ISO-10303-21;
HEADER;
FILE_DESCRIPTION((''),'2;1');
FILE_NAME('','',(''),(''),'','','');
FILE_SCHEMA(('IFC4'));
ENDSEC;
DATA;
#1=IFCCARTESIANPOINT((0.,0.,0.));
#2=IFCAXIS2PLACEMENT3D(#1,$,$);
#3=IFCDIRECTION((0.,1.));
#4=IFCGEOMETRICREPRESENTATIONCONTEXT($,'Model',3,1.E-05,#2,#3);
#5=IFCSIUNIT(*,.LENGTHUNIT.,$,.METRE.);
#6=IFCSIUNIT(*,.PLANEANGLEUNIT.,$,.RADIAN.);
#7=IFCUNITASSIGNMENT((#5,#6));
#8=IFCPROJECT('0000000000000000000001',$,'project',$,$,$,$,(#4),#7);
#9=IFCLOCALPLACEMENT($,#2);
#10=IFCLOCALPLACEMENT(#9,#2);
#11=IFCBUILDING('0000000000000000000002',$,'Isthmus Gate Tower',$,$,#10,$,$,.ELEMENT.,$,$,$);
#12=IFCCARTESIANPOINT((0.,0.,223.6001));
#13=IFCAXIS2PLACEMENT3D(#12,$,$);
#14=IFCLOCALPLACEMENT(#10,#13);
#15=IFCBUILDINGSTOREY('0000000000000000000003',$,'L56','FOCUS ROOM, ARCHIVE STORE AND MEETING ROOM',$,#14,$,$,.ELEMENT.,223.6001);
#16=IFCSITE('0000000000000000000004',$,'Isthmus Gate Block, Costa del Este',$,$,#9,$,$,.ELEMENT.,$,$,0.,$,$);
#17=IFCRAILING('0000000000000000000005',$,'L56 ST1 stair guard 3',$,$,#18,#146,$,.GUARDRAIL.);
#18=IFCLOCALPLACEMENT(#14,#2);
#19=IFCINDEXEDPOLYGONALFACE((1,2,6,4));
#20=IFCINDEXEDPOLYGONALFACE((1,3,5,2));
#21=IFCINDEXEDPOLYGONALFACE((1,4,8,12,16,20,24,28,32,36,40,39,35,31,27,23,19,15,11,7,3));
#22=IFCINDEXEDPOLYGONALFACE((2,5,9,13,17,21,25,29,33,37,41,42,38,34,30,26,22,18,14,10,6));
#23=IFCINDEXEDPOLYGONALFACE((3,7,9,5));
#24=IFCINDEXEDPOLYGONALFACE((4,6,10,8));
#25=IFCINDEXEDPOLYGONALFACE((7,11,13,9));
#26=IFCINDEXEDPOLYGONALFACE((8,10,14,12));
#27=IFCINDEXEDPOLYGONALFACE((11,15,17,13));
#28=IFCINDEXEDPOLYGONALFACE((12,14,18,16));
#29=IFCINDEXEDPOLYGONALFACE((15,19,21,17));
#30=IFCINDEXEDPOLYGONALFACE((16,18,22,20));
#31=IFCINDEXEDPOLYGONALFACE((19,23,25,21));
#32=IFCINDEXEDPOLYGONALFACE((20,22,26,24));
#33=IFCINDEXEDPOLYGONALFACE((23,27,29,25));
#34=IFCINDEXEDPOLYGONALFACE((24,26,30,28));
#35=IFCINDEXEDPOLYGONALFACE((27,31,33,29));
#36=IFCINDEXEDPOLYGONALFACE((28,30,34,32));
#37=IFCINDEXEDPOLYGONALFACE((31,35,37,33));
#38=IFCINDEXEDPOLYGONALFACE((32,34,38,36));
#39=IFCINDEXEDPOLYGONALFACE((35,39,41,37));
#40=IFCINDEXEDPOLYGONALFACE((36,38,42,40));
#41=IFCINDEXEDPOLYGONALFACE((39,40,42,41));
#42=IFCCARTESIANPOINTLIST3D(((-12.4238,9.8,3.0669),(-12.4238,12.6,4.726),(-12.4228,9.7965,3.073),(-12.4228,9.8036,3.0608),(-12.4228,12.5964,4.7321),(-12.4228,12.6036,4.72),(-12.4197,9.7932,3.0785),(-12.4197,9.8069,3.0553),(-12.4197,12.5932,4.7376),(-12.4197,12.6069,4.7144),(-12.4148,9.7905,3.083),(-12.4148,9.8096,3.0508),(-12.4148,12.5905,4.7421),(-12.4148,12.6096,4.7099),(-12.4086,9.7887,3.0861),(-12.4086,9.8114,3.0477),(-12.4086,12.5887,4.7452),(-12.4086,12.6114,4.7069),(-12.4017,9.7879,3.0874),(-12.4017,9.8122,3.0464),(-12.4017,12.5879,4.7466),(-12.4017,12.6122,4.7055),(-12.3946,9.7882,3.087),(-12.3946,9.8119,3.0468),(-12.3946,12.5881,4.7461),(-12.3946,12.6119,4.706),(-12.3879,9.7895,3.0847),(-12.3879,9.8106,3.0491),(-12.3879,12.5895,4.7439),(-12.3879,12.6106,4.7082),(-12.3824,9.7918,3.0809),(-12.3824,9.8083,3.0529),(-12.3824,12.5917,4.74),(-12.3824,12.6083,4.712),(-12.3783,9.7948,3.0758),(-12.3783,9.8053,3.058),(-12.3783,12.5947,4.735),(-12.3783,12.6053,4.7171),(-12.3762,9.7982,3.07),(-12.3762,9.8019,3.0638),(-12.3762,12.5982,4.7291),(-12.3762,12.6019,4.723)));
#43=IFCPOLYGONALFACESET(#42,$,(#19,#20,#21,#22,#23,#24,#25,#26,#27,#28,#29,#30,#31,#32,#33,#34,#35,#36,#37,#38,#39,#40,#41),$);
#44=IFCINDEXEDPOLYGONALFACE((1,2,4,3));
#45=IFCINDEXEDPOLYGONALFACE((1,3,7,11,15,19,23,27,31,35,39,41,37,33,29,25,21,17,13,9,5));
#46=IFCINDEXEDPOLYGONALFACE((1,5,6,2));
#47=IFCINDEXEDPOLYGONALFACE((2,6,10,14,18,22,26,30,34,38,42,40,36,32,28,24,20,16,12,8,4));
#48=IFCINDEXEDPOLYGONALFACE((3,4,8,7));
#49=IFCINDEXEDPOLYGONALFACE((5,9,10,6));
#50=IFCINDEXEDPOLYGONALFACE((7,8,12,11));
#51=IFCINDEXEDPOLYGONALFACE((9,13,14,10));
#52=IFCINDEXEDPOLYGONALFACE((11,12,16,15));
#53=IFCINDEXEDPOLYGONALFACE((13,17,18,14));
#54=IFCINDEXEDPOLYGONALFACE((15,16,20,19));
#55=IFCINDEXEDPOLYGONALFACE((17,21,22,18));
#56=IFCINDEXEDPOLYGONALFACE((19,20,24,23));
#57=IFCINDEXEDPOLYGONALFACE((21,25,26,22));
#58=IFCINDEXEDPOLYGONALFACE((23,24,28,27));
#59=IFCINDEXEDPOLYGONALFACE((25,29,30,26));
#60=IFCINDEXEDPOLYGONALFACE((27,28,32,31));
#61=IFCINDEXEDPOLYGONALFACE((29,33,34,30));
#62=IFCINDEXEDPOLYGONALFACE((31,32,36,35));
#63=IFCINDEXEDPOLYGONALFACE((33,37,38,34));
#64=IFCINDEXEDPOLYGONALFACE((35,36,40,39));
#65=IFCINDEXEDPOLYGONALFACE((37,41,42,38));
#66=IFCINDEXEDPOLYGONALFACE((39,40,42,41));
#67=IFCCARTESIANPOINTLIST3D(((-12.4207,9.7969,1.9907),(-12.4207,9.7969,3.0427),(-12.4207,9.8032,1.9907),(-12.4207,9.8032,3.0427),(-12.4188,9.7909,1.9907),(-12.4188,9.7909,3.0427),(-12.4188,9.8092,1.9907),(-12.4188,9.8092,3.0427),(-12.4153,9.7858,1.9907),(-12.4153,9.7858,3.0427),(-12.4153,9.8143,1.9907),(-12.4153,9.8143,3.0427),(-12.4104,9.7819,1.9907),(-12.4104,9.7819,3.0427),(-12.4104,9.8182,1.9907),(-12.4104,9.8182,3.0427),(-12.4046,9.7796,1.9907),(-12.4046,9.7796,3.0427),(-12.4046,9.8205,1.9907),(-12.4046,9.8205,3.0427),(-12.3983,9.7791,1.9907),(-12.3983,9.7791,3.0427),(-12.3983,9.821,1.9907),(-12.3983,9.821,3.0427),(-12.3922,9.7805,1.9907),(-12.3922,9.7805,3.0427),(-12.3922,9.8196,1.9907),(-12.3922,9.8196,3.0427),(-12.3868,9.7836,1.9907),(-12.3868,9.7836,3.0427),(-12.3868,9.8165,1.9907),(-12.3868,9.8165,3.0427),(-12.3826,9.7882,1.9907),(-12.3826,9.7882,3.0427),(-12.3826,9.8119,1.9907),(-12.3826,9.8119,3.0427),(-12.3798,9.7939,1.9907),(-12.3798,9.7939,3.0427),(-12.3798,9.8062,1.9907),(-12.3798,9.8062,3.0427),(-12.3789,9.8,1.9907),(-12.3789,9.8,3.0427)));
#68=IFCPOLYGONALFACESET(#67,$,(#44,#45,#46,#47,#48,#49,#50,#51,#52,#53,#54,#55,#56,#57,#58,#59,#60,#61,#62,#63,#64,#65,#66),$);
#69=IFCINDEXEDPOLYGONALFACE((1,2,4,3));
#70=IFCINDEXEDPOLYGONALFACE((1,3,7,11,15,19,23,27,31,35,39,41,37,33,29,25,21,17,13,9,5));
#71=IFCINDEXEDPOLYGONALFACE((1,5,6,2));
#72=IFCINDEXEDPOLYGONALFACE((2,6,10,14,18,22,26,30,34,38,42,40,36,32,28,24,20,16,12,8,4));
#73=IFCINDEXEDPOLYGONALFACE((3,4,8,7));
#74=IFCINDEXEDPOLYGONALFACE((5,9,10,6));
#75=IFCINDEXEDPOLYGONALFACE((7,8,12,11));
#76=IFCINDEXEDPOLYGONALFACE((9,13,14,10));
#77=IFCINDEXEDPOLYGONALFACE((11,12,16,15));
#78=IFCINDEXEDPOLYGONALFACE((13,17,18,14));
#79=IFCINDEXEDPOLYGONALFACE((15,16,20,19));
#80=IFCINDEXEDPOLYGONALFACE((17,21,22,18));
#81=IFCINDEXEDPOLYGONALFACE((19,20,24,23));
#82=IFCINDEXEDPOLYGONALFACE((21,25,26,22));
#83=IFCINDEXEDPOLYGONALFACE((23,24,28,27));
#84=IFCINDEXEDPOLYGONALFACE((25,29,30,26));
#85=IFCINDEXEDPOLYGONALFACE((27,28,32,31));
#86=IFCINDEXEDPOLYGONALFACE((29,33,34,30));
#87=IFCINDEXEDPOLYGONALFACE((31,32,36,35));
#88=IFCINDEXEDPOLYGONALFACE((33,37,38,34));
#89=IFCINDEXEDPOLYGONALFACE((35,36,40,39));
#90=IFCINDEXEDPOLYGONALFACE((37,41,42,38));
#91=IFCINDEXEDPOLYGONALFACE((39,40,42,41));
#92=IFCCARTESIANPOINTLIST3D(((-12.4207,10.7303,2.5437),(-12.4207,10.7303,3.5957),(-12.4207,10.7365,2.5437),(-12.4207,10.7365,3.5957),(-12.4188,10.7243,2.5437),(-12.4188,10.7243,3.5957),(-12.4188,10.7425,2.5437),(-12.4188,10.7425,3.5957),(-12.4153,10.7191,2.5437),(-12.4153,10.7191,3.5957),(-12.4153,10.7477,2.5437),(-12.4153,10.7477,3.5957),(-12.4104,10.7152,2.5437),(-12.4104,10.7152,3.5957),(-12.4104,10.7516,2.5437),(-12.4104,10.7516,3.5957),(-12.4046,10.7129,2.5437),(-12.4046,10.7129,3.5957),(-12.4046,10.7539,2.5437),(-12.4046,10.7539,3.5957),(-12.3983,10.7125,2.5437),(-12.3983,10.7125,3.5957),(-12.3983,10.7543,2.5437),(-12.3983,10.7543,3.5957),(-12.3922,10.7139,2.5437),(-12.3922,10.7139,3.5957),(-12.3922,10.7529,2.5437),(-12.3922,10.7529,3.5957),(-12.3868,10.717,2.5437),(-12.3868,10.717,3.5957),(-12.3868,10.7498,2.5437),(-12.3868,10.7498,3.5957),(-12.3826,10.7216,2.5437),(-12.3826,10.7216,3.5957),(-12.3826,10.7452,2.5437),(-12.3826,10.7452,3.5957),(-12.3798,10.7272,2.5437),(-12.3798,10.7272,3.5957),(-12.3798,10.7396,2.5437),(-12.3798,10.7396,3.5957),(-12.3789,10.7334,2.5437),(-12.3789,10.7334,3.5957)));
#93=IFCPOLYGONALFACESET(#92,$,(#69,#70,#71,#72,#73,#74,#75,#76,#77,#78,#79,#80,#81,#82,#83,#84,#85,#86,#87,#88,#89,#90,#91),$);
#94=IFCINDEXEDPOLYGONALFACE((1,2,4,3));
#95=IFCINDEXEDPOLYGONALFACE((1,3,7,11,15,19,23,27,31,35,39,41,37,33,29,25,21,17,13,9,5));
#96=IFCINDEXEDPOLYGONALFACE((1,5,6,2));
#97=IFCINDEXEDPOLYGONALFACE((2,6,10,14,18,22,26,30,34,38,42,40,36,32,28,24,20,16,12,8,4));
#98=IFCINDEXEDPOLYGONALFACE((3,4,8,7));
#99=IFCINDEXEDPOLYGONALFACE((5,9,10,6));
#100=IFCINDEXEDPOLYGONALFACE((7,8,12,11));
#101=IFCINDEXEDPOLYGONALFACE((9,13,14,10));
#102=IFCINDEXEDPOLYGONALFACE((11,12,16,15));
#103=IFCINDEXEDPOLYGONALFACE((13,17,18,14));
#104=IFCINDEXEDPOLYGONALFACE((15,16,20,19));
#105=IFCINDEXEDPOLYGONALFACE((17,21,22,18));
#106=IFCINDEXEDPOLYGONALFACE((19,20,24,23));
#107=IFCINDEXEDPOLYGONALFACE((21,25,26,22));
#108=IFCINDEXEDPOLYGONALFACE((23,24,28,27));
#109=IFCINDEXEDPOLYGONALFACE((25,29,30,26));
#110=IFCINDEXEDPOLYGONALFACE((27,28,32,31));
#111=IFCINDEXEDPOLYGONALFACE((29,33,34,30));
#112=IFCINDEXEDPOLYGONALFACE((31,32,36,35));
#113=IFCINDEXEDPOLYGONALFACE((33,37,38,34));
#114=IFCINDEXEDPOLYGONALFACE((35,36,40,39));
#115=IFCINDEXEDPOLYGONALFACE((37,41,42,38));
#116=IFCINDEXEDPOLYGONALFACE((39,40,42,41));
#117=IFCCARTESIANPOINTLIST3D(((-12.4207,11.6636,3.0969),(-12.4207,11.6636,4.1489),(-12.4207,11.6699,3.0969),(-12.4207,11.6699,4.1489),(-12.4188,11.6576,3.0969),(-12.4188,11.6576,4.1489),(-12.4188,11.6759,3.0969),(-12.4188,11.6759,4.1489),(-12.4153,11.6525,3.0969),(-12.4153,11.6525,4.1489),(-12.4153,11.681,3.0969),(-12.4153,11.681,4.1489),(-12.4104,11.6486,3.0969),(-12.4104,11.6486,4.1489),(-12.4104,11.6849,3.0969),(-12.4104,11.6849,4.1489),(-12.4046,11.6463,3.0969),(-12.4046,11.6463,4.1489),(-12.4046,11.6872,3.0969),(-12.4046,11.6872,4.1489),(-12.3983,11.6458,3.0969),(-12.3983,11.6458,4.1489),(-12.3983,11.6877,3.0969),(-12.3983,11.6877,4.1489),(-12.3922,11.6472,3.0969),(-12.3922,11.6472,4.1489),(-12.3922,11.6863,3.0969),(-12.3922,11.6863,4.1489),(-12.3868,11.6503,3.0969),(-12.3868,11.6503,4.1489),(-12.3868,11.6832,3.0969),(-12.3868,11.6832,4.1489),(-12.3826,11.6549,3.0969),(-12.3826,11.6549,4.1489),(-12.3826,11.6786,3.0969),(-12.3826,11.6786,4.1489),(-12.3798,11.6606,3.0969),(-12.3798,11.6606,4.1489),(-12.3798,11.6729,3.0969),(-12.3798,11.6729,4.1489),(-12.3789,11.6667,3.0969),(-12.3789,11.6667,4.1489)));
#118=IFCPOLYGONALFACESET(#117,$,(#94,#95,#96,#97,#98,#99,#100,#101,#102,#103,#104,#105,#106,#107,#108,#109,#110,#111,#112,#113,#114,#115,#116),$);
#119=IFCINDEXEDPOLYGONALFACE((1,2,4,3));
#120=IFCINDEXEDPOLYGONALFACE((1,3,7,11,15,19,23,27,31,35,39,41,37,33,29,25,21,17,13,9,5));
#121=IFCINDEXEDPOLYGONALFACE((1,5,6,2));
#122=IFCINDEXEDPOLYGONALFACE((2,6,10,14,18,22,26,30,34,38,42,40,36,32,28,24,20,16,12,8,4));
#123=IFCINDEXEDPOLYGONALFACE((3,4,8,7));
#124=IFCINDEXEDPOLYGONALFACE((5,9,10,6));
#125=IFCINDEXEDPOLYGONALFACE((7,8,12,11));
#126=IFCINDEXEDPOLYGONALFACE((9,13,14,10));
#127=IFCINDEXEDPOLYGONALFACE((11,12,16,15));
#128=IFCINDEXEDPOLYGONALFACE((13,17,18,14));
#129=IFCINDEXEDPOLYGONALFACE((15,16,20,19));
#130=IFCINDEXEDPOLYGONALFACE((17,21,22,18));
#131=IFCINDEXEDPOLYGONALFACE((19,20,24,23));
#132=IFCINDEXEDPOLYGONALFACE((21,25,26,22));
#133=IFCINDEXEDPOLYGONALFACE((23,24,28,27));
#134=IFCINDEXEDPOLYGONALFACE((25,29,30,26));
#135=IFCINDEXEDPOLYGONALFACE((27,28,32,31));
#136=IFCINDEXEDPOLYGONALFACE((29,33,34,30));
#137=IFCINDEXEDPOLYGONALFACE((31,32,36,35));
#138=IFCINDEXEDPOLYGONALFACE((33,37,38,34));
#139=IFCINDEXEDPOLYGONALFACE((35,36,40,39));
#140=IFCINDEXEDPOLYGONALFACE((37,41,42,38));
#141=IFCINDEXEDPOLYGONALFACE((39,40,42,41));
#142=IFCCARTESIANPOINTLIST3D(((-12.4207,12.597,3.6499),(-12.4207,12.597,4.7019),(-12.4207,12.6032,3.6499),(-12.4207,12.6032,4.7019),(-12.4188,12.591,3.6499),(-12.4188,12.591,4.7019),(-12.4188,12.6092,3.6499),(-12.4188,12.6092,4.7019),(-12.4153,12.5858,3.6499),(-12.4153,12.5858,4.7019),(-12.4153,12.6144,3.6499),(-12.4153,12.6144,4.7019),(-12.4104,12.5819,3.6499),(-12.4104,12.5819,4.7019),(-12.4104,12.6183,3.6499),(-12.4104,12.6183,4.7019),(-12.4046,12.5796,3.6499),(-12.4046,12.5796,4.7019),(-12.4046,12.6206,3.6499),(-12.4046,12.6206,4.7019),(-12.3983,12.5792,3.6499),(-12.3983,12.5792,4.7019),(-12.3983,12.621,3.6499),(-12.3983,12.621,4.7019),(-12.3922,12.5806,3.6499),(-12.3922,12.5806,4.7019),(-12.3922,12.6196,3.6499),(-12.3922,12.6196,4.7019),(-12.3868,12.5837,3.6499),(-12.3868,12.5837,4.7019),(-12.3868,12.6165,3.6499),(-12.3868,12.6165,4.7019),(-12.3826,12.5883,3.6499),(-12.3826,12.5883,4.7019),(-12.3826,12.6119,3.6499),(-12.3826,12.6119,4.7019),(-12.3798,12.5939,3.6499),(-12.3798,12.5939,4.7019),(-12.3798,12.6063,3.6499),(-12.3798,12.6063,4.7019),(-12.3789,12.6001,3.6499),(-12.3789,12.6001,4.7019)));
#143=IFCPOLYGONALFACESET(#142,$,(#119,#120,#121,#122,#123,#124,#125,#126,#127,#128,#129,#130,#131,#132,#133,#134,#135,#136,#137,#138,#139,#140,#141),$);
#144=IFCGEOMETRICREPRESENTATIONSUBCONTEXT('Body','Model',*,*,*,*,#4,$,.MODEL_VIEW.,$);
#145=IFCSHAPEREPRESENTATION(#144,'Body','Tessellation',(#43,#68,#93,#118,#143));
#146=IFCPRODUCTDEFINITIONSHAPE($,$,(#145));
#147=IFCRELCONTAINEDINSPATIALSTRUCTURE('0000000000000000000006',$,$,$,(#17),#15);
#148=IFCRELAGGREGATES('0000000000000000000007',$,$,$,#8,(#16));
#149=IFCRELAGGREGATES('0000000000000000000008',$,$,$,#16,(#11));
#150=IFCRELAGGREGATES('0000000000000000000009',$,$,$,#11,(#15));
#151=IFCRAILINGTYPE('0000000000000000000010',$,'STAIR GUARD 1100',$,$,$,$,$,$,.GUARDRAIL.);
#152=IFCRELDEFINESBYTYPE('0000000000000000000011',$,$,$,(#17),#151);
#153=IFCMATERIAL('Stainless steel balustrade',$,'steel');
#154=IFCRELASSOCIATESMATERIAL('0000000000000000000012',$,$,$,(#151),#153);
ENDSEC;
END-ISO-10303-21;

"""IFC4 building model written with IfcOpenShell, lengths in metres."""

from ifc_helpers import new_model, si_unit, direction, frame, origin, origin_2d, place, context, subcontext, project, spatial, circle, extrude, material, type_object, element, save


model = new_model("IFC4")

# Units and contexts
model_context = context("Model", 3, precision=1e-05, world=origin(), true_north=direction((0.0, 1.0)))
body_context = subcontext(model_context, "Body", "Model", "MODEL_VIEW")
ifc_project = project(units=[si_unit("LENGTHUNIT", "METRE"), si_unit("PLANEANGLEUNIT", "RADIAN")], contexts=[model_context])

# Site, building, storey
site_placement = place(None, origin())
site = spatial("IfcSite", under=ifc_project, at=site_placement, Name="Isthmus Gate Block, Costa del Este", CompositionType="ELEMENT", RefElevation=0.0)
building_placement = place(site_placement, origin())
building = spatial("IfcBuilding", under=site, at=building_placement, Name="Isthmus Gate Tower", CompositionType="ELEMENT")
storey_placement = place(building_placement, frame((0.0, 0.0, 223.6001)))
storey = spatial("IfcBuildingStorey", under=building, at=storey_placement, Name="L56", Description="FOCUS ROOM, ARCHIVE STORE AND MEETING ROOM", CompositionType="ELEMENT", Elevation=223.6001)

# Railing
ifc_material_1 = material(Name="Stainless steel balustrade", Category="steel")
railing_type_1 = type_object("IfcRailingType", Name="STAIR GUARD 1100", PredefinedType="GUARDRAIL", material=ifc_material_1)
railing_1_placement = place(storey_placement, frame((-12.3999, 9.8, 1.9907)))
element("IfcRailing", 1, at=railing_1_placement, inside=storey, type_object=railing_type_1, Name="L56 ST1 stair guard 3", PredefinedType="GUARDRAIL", context=body_context, shape_type="SweptSolid", body=[
    extrude(circle(Radius=0.0239, at=origin_2d()), frame((0.0, 0.0, 1.0762), z_axis=(0.0, 0.860306, 0.509778), x_axis=(-1.0, 0.0, 0.0)), (0.0, 0.0, 1.0), 3.2546),
    extrude(circle(Radius=0.021, at=origin_2d()), origin(), (0.0, 0.0, 1.0), 1.052),
    extrude(circle(Radius=0.021, at=origin_2d()), frame((0.0, 0.9333, 0.553)), (0.0, 0.0, 1.0), 1.052),
    extrude(circle(Radius=0.021, at=origin_2d()), frame((0.0, 1.8667, 1.1062)), (0.0, 0.0, 1.0), 1.052),
    extrude(circle(Radius=0.021, at=origin_2d()), frame((0.0, 2.8, 1.6592)), (0.0, 0.0, 1.0), 1.052),
])

save(model, "model.ifc")
